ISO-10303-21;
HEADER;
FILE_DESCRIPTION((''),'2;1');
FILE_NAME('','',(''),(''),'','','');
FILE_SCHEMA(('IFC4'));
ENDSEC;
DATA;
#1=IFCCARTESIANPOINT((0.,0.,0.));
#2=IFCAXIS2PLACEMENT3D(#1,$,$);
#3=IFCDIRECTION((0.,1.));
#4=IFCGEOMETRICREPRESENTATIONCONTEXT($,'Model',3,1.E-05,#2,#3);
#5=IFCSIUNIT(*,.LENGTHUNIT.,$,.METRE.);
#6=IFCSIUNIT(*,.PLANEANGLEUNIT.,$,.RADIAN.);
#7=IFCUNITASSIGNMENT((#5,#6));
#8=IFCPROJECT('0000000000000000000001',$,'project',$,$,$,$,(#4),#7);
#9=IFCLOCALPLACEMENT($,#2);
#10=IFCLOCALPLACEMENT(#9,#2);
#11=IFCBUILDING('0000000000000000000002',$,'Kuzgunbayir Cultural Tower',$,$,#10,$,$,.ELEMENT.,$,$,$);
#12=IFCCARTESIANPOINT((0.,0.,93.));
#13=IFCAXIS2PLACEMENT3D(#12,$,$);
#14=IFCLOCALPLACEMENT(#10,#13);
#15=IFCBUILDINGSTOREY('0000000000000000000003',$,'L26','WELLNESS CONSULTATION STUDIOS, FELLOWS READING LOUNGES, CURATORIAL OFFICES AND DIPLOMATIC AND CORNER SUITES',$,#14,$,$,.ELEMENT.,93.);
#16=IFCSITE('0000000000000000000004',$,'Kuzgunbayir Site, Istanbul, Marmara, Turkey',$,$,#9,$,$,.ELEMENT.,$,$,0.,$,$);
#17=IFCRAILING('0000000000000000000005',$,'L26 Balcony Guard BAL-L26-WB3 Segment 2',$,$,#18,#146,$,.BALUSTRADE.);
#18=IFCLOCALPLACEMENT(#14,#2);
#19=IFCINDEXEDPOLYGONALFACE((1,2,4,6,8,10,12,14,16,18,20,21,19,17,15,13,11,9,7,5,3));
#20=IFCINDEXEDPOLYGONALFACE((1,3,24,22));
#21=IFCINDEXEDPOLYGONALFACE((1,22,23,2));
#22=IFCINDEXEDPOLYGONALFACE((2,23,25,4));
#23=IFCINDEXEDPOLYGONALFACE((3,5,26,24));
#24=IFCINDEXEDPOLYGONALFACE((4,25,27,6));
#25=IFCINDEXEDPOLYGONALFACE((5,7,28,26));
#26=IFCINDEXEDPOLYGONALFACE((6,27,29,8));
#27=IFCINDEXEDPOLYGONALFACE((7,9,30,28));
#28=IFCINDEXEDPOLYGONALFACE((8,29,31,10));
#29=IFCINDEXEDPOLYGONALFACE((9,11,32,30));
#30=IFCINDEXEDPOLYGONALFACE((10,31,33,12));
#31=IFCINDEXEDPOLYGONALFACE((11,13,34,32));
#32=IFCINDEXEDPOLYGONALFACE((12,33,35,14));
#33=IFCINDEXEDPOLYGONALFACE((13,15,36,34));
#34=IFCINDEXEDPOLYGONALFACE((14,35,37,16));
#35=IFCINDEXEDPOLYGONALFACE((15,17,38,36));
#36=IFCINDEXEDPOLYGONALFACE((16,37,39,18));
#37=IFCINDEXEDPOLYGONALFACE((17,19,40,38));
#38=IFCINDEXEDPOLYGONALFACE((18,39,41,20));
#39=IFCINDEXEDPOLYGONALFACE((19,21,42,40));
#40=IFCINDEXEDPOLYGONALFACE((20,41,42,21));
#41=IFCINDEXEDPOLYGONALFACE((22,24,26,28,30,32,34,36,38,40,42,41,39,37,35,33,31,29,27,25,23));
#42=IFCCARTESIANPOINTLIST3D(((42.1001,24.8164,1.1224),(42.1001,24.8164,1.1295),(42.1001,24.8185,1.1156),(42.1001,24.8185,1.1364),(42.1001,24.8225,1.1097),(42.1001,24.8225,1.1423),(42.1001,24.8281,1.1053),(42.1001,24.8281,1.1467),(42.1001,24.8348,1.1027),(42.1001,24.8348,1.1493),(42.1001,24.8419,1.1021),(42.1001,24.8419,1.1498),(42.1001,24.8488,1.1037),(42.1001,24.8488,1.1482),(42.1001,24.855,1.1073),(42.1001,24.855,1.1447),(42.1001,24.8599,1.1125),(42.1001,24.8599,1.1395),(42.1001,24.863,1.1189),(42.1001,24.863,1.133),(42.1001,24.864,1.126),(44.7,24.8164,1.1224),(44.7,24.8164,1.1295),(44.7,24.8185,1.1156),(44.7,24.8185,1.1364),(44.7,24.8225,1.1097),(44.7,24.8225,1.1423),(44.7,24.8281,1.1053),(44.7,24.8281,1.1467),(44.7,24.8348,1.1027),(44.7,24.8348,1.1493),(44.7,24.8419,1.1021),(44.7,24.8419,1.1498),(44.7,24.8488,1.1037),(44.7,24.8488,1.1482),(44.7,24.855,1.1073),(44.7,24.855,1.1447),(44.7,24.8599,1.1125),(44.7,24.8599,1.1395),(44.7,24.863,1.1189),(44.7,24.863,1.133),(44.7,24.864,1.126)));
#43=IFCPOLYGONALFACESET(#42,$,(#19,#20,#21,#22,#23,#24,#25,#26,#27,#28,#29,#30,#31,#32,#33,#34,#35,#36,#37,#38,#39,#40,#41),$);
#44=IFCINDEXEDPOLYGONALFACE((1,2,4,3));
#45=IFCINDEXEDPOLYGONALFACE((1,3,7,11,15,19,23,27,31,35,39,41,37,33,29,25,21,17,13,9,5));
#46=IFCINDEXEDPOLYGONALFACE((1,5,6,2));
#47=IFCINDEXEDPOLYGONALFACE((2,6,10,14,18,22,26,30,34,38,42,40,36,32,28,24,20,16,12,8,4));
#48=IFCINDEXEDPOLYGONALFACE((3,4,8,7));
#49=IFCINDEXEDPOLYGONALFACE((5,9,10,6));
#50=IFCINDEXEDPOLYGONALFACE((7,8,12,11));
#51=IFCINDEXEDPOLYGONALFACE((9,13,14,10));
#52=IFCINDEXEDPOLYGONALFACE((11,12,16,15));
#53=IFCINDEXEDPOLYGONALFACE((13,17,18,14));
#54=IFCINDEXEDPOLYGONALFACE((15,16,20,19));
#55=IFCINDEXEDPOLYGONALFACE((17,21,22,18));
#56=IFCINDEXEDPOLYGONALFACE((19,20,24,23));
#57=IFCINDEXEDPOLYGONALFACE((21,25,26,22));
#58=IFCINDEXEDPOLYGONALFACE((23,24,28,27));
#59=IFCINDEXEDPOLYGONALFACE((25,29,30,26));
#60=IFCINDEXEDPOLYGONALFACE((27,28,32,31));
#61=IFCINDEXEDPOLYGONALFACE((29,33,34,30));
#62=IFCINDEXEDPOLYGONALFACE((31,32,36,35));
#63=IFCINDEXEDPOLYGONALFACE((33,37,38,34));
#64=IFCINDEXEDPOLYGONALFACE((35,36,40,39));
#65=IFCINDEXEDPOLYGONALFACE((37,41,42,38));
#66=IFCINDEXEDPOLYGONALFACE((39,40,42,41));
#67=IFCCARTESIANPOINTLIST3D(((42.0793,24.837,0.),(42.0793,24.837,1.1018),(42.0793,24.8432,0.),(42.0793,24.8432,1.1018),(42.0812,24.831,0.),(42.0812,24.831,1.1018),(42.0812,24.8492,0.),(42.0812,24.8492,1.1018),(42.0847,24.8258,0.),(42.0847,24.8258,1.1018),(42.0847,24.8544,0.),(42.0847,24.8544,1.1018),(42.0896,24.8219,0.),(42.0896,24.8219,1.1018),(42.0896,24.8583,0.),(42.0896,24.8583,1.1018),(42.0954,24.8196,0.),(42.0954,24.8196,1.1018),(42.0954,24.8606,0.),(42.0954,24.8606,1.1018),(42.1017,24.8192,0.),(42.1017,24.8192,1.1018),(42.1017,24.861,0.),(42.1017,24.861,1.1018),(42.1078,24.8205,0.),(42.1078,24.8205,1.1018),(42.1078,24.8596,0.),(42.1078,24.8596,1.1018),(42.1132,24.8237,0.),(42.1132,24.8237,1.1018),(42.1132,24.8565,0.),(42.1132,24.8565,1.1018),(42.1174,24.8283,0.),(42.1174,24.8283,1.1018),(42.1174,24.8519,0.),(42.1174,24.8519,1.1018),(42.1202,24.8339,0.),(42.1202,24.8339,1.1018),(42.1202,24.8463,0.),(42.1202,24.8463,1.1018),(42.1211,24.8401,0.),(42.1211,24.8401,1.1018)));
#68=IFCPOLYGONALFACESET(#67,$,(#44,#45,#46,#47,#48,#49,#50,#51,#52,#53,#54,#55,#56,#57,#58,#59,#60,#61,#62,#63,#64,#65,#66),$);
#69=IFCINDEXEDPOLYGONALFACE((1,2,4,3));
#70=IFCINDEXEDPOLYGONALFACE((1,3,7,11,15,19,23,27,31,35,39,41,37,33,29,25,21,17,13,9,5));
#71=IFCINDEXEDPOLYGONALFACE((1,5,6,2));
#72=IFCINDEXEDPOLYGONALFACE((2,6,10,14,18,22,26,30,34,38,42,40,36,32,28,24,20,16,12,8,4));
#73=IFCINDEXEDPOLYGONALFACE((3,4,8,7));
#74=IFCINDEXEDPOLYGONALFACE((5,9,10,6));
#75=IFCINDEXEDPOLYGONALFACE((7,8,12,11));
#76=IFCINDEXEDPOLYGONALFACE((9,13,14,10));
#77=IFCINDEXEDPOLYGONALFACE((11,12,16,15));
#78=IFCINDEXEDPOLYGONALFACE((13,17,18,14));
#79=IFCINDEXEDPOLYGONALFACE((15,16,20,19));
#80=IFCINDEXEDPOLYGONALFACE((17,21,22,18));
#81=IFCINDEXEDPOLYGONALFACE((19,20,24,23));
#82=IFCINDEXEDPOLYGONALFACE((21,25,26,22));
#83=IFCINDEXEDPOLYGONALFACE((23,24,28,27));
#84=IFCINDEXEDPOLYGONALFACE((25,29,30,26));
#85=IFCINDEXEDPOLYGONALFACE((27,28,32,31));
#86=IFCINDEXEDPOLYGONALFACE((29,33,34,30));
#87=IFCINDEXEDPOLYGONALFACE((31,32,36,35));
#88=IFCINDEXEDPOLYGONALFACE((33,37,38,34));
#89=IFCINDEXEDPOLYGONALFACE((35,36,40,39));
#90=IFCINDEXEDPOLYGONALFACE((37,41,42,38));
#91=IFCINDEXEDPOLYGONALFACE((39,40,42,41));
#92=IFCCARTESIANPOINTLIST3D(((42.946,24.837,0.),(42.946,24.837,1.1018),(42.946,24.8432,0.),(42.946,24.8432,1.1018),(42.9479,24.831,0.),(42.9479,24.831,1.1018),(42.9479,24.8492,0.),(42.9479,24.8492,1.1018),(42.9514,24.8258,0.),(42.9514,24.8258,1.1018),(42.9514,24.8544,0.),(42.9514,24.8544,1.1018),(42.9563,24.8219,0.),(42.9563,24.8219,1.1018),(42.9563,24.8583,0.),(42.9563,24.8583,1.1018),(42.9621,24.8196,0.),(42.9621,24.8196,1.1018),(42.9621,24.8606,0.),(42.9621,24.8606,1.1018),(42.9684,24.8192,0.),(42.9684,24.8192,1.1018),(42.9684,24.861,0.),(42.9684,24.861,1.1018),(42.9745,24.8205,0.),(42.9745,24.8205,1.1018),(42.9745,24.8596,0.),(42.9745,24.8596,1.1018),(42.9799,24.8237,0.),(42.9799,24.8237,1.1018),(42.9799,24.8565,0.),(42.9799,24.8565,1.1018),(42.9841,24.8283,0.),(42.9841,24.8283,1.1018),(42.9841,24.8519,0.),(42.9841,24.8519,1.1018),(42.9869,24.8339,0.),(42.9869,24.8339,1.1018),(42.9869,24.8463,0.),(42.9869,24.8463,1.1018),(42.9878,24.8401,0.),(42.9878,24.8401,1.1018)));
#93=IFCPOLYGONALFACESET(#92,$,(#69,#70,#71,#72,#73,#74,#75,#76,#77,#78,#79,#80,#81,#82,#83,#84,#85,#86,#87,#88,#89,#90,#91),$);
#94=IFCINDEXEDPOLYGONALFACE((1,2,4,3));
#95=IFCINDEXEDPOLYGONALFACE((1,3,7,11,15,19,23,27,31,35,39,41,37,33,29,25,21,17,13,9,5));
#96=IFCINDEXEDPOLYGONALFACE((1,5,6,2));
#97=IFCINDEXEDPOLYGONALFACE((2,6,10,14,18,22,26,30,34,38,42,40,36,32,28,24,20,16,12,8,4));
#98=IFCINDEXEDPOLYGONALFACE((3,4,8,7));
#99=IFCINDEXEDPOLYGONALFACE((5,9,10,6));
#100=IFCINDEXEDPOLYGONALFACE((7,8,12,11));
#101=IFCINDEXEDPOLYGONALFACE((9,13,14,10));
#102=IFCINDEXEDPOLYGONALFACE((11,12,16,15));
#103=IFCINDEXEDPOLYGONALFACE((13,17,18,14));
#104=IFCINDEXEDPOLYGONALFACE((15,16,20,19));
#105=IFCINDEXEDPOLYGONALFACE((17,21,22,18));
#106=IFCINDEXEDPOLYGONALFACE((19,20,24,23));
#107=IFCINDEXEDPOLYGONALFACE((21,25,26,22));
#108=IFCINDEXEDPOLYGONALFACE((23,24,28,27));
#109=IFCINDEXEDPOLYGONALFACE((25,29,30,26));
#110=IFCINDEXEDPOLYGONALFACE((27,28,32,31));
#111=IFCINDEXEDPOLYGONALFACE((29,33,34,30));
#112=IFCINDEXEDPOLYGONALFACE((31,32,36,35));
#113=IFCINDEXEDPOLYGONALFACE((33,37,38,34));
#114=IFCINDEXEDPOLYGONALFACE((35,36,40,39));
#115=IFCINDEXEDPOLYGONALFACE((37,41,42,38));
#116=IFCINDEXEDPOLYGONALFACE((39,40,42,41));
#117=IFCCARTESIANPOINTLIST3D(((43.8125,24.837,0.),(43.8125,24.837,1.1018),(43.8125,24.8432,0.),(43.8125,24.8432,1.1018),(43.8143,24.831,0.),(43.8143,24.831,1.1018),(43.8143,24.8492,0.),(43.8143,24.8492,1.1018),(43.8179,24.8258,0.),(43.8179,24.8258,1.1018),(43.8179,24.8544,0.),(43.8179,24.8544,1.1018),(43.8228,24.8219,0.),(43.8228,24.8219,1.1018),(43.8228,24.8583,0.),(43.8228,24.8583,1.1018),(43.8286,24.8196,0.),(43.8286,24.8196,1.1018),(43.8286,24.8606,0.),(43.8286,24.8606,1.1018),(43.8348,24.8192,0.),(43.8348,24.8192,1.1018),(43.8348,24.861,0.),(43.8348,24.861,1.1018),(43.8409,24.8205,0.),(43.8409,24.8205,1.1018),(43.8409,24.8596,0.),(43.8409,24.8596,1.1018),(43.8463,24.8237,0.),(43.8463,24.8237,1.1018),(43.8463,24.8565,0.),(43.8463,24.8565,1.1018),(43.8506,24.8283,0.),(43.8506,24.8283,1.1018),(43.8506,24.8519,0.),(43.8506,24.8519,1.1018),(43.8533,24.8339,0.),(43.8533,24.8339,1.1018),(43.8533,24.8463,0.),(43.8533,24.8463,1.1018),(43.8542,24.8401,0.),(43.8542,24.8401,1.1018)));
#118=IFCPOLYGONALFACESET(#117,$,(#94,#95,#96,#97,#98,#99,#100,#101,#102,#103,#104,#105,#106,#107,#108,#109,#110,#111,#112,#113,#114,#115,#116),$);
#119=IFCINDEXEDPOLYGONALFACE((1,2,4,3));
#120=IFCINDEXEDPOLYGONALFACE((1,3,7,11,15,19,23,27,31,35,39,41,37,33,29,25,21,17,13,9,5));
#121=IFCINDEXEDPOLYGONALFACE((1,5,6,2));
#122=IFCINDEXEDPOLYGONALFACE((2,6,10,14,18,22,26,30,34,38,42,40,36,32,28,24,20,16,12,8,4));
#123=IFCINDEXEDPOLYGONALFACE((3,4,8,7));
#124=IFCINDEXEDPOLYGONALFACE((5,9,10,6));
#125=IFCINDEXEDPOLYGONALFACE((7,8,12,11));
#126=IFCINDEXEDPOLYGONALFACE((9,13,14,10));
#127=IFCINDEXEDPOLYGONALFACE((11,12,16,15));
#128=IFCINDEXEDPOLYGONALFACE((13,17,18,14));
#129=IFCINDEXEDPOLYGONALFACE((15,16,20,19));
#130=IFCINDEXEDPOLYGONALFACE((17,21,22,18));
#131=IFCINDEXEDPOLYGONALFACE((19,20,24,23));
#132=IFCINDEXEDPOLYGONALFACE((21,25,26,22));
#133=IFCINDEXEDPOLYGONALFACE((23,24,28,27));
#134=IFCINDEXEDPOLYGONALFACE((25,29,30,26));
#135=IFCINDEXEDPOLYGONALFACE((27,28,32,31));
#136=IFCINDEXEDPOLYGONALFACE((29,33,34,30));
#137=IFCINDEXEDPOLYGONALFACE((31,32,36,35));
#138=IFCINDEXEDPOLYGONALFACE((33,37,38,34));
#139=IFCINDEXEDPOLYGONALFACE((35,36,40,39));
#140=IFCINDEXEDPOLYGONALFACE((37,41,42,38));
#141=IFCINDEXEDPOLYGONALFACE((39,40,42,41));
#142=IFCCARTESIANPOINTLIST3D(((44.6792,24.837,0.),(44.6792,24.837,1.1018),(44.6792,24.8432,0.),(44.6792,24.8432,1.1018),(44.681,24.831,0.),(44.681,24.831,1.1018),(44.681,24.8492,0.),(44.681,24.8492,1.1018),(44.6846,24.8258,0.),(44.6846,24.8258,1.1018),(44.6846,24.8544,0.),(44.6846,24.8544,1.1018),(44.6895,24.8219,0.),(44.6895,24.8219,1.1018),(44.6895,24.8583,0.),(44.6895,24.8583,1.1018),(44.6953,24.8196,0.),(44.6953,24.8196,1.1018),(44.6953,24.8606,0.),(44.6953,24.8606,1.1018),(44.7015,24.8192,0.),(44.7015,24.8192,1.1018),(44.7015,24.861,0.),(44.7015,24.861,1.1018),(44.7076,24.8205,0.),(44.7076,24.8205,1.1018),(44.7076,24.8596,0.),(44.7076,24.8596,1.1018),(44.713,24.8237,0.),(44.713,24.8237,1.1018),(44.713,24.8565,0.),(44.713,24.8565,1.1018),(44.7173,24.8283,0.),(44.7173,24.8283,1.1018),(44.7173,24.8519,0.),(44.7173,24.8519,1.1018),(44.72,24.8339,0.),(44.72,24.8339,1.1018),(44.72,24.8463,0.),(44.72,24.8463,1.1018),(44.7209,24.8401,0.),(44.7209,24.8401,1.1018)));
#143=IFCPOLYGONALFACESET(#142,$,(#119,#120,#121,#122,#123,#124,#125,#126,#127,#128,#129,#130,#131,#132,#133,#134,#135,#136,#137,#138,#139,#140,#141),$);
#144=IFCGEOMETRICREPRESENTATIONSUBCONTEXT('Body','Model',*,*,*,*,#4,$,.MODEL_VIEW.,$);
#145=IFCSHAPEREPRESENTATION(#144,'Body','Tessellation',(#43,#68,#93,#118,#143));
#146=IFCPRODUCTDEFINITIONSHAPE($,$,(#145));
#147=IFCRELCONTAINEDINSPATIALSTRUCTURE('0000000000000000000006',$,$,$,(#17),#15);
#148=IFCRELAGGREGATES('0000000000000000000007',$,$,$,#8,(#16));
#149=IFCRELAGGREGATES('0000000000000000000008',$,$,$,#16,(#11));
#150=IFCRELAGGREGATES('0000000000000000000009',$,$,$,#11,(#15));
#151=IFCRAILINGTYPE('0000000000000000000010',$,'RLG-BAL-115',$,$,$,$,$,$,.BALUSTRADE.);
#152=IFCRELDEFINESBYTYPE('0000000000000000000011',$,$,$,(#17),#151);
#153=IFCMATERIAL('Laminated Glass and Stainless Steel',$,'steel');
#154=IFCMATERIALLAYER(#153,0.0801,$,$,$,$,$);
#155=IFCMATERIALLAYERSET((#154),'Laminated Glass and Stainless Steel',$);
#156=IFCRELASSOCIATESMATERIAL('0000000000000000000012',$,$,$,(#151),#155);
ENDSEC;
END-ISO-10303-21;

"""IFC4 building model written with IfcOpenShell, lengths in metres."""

from ifc_helpers import new_model, si_unit, direction, frame, origin, origin_2d, place, context, subcontext, project, spatial, circle, extrude, material, layer, layer_set, type_object, element, save


model = new_model("IFC4")

# Units and contexts
model_context = context("Model", 3, precision=1e-05, world=origin(), true_north=direction((0.0, 1.0)))
body_context = subcontext(model_context, "Body", "Model", "MODEL_VIEW")
ifc_project = project(units=[si_unit("LENGTHUNIT", "METRE"), si_unit("PLANEANGLEUNIT", "RADIAN")], contexts=[model_context])

# Site, building, storey
site_placement = place(None, origin())
site = spatial("IfcSite", under=ifc_project, at=site_placement, Name="Kuzgunbayir Site, Istanbul, Marmara, Turkey", CompositionType="ELEMENT", RefElevation=0.0)
building_placement = place(site_placement, origin())
building = spatial("IfcBuilding", under=site, at=building_placement, Name="Kuzgunbayir Cultural Tower", CompositionType="ELEMENT")
storey_placement = place(building_placement, frame((0.0, 0.0, 93.0)))
storey = spatial("IfcBuildingStorey", under=building, at=storey_placement, Name="L26", Description="WELLNESS CONSULTATION STUDIOS, FELLOWS READING LOUNGES, CURATORIAL OFFICES AND DIPLOMATIC AND CORNER SUITES", CompositionType="ELEMENT", Elevation=93.0)

# Railing
ifc_material_1 = material(Name="Laminated Glass and Stainless Steel", Category="steel")
ifc_layer_1 = layer(ifc_material_1, 0.0801)
ifc_layer_set_1 = layer_set([ifc_layer_1], Name="Laminated Glass and Stainless Steel")
railing_type = type_object("IfcRailingType", Name="RLG-BAL-115", PredefinedType="BALUSTRADE", material=ifc_layer_set_1)
railing_1_placement = place(storey_placement, frame((42.1001, 24.8401, 0.0)))
element("IfcRailing", 1, at=railing_1_placement, inside=storey, type_object=railing_type, Name="L26 Balcony Guard BAL-L26-WB3 Segment 2", PredefinedType="BALUSTRADE", context=body_context, shape_type="SweptSolid", body=[
    extrude(circle(Radius=0.0239, at=origin_2d()), frame((0.0, 0.0, 1.126), z_axis=(1.0, 0.0, 0.0), x_axis=(0.0, 1.0, 0.0)), (0.0, 0.0, 1.0), 2.5999),
    extrude(circle(Radius=0.021, at=origin_2d()), origin(), (0.0, 0.0, 1.0), 1.1018),
    extrude(circle(Radius=0.021, at=origin_2d()), frame((0.8667, 0.0, 0.0)), (0.0, 0.0, 1.0), 1.1018),
    extrude(circle(Radius=0.021, at=origin_2d()), frame((1.7332, 0.0, 0.0)), (0.0, 0.0, 1.0), 1.1018),
    extrude(circle(Radius=0.021, at=origin_2d()), frame((2.5999, 0.0, 0.0)), (0.0, 0.0, 1.0), 1.1018),
])

save(model, "model.ifc")
